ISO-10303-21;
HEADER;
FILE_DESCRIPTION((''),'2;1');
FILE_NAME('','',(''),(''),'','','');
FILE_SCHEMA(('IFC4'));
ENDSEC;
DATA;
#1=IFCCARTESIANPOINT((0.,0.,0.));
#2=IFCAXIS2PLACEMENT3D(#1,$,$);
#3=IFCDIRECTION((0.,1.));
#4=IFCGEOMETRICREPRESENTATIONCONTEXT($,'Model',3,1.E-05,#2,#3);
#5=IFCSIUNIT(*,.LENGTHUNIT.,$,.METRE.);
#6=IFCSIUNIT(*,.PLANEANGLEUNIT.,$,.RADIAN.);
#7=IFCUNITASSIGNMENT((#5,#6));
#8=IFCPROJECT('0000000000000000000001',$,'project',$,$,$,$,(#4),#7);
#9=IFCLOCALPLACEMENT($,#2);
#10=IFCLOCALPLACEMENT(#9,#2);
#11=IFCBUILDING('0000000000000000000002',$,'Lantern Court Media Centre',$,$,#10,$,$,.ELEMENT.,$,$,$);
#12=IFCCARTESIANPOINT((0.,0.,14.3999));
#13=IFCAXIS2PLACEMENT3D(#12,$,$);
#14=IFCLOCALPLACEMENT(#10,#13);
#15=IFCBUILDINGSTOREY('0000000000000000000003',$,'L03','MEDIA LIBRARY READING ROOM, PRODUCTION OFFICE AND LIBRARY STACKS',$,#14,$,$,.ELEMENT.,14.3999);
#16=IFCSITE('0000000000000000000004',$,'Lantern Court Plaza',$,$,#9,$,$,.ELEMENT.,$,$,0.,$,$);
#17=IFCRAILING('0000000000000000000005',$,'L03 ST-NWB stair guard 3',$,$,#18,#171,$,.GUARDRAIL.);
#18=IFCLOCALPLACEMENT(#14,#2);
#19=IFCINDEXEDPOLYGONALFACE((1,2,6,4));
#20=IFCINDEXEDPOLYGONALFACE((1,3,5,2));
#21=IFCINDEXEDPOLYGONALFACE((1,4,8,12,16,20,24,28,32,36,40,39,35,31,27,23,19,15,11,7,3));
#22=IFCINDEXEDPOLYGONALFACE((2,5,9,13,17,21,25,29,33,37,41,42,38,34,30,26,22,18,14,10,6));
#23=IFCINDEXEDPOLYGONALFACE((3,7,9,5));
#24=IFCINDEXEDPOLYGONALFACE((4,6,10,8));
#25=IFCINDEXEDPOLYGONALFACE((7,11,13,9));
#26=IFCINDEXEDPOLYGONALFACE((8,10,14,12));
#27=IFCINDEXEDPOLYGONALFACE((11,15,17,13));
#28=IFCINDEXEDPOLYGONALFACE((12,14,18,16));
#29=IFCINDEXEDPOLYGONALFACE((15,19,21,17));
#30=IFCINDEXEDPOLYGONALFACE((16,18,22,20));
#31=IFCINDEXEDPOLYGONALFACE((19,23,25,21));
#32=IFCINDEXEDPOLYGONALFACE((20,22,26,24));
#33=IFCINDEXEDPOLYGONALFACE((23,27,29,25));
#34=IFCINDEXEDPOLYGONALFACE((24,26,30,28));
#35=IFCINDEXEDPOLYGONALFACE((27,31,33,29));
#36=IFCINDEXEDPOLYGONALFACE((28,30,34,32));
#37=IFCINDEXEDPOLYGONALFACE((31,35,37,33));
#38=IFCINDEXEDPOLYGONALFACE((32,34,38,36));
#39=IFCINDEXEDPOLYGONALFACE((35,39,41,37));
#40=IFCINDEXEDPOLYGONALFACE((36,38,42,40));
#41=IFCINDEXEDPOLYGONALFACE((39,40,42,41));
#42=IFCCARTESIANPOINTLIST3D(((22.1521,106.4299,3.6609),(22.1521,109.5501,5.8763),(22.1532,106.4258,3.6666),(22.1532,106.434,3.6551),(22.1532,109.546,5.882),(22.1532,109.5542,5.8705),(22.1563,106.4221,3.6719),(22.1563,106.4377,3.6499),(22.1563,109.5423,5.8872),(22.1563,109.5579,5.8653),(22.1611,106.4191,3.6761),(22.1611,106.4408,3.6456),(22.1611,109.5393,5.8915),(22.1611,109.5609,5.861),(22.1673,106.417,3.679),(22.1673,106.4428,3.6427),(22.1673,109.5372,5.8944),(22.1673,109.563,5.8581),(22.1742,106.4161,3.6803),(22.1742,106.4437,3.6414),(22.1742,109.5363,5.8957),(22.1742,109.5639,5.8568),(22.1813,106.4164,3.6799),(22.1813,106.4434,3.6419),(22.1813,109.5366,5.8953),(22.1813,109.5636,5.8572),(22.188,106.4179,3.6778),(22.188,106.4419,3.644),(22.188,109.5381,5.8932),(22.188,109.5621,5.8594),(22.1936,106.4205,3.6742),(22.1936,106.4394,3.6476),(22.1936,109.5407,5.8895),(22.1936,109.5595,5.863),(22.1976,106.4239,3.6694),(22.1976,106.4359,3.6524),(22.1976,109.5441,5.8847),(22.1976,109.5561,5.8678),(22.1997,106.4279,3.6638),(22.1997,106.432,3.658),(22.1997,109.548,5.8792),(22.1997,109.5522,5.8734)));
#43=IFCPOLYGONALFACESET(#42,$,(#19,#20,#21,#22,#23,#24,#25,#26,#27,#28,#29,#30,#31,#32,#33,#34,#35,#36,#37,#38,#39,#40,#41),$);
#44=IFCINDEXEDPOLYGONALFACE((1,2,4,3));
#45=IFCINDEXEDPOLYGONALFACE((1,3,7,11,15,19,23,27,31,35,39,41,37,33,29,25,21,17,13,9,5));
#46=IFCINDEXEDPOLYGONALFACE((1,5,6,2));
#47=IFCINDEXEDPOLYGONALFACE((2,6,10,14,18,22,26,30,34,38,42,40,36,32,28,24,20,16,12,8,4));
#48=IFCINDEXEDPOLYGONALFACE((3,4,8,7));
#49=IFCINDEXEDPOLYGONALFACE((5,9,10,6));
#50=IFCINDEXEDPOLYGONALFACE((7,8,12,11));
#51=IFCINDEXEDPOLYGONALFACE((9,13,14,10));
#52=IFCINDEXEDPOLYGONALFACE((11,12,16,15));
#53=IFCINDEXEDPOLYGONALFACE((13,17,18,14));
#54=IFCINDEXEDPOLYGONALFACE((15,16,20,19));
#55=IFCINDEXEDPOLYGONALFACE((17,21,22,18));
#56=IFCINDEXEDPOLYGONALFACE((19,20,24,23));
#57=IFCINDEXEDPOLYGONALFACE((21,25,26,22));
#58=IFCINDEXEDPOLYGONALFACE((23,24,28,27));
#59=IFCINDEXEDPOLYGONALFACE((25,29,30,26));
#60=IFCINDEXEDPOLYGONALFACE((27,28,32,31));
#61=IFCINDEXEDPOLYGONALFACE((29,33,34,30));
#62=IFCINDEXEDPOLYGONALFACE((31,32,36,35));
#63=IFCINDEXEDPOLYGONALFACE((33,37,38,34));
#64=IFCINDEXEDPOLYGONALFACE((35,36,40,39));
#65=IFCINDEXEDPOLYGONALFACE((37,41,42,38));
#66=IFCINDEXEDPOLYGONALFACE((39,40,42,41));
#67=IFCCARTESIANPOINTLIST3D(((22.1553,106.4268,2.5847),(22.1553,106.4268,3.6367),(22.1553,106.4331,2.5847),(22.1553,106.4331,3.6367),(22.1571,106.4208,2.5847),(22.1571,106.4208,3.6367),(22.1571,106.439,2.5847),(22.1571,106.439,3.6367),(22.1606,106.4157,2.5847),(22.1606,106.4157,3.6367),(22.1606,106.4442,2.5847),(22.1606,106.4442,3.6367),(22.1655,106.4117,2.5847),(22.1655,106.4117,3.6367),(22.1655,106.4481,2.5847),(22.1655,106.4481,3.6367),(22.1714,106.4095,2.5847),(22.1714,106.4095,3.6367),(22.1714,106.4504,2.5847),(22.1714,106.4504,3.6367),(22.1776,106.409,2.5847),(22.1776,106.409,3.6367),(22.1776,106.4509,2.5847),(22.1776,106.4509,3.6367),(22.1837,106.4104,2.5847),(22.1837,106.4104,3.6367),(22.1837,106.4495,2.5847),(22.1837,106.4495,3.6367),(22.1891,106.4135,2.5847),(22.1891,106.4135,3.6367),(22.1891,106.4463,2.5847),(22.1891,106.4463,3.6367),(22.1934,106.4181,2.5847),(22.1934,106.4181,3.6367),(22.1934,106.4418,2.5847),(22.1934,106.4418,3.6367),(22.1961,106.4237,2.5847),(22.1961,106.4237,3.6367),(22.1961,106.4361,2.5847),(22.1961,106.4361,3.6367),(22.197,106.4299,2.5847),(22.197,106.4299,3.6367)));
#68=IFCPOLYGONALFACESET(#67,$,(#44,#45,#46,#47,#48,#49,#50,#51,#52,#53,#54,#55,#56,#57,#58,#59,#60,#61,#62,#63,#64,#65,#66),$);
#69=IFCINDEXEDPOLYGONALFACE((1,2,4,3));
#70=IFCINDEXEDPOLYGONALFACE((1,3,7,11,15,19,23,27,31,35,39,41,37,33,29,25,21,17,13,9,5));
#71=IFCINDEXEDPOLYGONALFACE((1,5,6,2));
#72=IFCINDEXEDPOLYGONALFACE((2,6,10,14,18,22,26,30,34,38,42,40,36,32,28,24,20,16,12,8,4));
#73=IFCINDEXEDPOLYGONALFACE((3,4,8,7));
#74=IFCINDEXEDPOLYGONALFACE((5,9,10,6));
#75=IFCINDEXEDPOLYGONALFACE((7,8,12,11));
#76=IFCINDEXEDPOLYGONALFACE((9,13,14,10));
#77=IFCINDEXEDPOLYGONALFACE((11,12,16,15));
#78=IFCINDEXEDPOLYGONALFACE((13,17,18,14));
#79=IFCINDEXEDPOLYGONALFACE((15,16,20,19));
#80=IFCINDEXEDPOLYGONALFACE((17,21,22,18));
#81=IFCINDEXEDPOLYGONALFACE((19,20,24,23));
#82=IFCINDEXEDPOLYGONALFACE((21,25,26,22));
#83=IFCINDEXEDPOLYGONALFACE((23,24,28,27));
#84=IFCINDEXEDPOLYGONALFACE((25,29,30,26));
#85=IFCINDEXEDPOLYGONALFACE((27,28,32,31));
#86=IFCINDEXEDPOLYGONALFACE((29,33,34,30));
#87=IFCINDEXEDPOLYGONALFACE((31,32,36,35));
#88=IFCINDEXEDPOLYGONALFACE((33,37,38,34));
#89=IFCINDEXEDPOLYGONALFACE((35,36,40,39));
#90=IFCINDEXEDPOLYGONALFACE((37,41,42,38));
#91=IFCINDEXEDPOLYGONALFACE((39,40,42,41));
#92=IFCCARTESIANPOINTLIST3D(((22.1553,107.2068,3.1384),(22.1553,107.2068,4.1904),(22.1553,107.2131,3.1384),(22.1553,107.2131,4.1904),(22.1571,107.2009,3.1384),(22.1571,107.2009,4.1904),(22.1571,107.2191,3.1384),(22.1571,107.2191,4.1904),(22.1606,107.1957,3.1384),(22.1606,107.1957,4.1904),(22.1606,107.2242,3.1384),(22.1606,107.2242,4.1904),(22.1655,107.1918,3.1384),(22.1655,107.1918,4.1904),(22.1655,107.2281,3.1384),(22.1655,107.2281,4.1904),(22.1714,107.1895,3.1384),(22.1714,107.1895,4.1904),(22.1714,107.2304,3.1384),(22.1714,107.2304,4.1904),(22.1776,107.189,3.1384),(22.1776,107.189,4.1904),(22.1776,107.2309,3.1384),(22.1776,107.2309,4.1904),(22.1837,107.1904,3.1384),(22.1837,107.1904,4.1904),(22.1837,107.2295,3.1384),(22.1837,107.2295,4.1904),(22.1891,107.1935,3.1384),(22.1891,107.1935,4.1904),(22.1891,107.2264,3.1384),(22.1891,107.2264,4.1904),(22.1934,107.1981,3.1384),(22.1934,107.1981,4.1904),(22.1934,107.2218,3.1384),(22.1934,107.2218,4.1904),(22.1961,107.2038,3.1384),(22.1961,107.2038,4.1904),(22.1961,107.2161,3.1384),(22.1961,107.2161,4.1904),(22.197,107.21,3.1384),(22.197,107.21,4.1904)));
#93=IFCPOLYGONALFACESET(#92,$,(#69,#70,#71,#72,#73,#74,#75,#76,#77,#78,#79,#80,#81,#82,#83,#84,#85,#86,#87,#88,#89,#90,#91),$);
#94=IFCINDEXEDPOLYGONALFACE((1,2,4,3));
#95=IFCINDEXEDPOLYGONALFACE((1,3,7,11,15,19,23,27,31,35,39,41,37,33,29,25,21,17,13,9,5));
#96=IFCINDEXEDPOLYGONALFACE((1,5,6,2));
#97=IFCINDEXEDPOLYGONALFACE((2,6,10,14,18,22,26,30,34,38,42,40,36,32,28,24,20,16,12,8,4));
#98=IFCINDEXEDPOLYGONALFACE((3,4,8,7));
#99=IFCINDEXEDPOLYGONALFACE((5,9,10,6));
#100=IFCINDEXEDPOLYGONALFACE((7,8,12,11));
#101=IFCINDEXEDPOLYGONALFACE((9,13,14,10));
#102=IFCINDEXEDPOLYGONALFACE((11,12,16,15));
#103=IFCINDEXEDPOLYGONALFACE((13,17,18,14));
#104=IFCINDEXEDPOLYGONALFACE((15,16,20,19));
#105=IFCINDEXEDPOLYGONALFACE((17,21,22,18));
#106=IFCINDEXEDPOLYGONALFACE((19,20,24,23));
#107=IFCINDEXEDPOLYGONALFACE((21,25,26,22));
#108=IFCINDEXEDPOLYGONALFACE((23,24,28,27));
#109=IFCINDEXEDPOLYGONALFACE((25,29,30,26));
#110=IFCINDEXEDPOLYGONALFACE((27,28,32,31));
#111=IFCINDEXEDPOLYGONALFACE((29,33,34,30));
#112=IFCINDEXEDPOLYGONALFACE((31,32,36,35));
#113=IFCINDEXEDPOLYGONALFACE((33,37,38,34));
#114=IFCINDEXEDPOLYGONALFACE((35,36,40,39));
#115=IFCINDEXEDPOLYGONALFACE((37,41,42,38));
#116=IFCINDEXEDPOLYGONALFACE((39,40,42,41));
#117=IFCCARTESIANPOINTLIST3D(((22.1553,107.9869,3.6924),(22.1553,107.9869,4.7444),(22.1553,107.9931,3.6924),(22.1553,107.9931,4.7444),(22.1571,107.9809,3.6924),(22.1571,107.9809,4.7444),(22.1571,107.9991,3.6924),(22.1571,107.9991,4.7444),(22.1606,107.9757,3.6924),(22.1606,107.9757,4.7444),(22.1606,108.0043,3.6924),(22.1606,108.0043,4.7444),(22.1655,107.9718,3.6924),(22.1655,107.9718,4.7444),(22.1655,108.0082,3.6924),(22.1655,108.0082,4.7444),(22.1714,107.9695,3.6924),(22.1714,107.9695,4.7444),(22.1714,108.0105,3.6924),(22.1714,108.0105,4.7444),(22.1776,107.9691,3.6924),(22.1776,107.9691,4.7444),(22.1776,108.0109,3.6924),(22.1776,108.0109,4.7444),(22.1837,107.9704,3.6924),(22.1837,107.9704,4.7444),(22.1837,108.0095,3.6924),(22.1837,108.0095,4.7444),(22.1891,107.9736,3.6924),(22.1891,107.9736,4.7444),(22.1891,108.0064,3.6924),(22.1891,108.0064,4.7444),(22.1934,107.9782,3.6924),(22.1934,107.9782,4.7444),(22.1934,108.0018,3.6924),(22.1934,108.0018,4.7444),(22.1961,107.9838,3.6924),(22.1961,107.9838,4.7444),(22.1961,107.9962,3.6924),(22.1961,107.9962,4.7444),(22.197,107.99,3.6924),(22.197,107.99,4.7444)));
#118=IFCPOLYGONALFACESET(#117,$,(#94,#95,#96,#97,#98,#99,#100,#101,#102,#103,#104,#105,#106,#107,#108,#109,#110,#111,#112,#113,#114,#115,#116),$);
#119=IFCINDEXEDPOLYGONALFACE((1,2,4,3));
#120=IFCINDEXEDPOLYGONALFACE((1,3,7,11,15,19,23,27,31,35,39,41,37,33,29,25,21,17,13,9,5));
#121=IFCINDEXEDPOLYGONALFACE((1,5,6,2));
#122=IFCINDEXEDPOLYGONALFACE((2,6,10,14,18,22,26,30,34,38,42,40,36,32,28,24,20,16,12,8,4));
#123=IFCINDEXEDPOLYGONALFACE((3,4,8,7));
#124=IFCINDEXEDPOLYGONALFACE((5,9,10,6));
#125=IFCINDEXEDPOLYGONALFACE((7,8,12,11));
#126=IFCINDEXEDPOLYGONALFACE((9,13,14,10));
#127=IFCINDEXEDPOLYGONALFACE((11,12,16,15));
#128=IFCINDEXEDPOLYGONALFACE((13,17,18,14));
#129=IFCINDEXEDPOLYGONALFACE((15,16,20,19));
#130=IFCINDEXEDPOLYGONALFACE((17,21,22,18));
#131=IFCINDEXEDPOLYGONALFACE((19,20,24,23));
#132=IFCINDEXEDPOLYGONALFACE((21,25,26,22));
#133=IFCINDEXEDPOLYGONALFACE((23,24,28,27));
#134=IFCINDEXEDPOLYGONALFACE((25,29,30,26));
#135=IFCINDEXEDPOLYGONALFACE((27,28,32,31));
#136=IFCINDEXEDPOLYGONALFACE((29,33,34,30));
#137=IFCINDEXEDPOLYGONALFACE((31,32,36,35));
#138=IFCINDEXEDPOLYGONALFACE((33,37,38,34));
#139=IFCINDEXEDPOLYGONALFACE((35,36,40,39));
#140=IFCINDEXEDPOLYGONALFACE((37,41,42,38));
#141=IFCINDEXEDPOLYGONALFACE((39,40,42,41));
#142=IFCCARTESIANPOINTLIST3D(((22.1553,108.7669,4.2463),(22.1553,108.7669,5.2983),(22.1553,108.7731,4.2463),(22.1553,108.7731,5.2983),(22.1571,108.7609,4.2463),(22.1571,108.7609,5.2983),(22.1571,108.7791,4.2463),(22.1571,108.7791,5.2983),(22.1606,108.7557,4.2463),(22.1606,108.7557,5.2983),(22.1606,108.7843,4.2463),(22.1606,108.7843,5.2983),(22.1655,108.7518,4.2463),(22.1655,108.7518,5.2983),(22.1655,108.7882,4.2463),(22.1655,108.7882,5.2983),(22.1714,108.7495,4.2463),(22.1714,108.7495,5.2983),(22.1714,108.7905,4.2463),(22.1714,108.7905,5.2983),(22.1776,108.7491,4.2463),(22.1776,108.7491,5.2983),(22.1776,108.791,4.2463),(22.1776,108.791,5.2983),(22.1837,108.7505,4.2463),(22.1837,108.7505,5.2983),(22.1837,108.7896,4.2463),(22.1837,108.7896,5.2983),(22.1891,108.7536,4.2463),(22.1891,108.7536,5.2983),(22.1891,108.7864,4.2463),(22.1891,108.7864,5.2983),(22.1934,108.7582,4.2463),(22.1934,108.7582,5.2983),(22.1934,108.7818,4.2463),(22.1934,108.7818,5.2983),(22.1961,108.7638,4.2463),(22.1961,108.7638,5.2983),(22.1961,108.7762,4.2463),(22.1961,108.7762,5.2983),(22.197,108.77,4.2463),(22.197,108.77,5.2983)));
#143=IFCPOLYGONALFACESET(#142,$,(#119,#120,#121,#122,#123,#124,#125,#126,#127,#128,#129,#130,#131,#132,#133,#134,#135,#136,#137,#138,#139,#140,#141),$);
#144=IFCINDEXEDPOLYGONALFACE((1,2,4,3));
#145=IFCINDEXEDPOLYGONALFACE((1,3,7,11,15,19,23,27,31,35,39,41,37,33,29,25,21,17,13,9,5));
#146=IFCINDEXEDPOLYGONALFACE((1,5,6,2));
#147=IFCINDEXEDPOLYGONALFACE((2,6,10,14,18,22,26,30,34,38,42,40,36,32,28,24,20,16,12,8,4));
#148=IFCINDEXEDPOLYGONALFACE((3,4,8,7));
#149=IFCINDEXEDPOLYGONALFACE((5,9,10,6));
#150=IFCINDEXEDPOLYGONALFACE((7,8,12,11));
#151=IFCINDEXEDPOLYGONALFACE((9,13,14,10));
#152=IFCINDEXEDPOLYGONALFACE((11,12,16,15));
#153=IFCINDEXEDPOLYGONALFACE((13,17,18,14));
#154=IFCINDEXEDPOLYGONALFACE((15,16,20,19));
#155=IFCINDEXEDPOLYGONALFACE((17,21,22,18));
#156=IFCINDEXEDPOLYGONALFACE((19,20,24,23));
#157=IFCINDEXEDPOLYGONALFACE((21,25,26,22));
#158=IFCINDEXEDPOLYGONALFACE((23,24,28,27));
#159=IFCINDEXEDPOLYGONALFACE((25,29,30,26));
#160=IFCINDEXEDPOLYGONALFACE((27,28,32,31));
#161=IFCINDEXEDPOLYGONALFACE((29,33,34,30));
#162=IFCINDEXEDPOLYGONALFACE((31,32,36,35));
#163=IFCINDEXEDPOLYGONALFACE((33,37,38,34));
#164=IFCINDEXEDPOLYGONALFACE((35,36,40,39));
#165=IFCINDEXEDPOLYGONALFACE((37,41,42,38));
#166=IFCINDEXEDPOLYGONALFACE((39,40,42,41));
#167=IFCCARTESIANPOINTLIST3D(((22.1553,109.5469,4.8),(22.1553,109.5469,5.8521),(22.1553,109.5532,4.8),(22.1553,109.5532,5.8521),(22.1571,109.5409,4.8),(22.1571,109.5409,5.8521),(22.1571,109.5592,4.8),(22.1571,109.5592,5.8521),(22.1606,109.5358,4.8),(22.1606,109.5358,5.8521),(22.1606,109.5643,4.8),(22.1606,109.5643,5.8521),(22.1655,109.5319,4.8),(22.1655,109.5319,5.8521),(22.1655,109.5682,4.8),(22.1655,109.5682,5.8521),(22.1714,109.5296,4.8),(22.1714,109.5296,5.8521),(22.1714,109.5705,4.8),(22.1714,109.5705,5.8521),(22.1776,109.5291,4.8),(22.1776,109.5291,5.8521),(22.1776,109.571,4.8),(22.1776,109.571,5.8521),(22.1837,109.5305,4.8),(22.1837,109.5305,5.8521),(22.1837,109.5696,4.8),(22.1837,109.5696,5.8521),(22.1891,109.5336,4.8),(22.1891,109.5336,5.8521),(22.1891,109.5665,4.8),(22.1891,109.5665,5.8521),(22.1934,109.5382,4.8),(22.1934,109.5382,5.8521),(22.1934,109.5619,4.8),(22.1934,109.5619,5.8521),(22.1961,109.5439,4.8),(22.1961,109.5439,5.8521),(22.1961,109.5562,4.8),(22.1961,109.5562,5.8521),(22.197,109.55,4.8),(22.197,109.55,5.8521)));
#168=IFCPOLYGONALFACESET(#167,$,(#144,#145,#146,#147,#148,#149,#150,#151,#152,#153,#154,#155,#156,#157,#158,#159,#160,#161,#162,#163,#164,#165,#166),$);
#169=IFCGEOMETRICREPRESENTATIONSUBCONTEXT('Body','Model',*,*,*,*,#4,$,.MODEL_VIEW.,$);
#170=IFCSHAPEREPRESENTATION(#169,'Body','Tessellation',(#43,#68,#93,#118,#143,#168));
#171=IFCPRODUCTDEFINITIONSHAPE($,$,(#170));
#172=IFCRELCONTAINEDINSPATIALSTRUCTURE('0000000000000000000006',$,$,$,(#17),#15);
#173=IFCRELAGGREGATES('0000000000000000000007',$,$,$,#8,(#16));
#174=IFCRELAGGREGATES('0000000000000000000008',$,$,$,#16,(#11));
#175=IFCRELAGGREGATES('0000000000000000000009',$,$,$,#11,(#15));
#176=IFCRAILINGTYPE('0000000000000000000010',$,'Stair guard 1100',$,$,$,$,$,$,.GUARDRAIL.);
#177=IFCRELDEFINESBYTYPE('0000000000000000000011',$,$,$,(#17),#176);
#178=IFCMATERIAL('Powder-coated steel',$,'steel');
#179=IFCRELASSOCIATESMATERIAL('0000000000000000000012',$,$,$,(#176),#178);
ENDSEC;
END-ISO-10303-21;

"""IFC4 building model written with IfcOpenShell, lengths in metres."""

from ifc_helpers import new_model, si_unit, direction, frame, origin, origin_2d, place, context, subcontext, project, spatial, circle, extrude, material, type_object, element, save


model = new_model("IFC4")

# Units and contexts
model_context = context("Model", 3, precision=1e-05, world=origin(), true_north=direction((0.0, 1.0)))
body_context = subcontext(model_context, "Body", "Model", "MODEL_VIEW")
ifc_project = project(units=[si_unit("LENGTHUNIT", "METRE"), si_unit("PLANEANGLEUNIT", "RADIAN")], contexts=[model_context])

# Site, building, storey
site_placement = place(None, origin())
site = spatial("IfcSite", under=ifc_project, at=site_placement, Name="Lantern Court Plaza", CompositionType="ELEMENT", RefElevation=0.0)
building_placement = place(site_placement, origin())
building = spatial("IfcBuilding", under=site, at=building_placement, Name="Lantern Court Media Centre", CompositionType="ELEMENT")
storey_placement = place(building_placement, frame((0.0, 0.0, 14.3999)))
storey = spatial("IfcBuildingStorey", under=building, at=storey_placement, Name="L03", Description="MEDIA LIBRARY READING ROOM, PRODUCTION OFFICE AND LIBRARY STACKS", CompositionType="ELEMENT", Elevation=14.3999)

# Shared definitions
ifc_material_1 = material(Name="Powder-coated steel", Category="steel")

# Railing
railing_type_1 = type_object("IfcRailingType", Name="Stair guard 1100", PredefinedType="GUARDRAIL", material=ifc_material_1)
railing_1_placement = place(storey_placement, frame((22.176, 106.4299, 2.5847)))
element("IfcRailing", 1, at=railing_1_placement, inside=storey, type_object=railing_type_1, Name="L03 ST-NWB stair guard 3", PredefinedType="GUARDRAIL", context=body_context, shape_type="SweptSolid", body=[
    extrude(circle(Radius=0.0239, at=origin_2d()), frame((0.0, 0.0, 1.0762), z_axis=(0.0, 0.815377, 0.57893), x_axis=(-1.0, 0.0, 0.0)), (0.0, 0.0, 1.0), 3.8267),
    extrude(circle(Radius=0.021, at=origin_2d()), origin(), (0.0, 0.0, 1.0), 1.052),
    extrude(circle(Radius=0.021, at=origin_2d()), frame((0.0, 0.78, 0.5537)), (0.0, 0.0, 1.0), 1.052),
    extrude(circle(Radius=0.021, at=origin_2d()), frame((0.0, 1.5601, 1.1077)), (0.0, 0.0, 1.0), 1.052),
    extrude(circle(Radius=0.021, at=origin_2d()), frame((0.0, 2.3401, 1.6616)), (0.0, 0.0, 1.0), 1.052),
    extrude(circle(Radius=0.021, at=origin_2d()), frame((0.0, 3.1201, 2.2153)), (0.0, 0.0, 1.0), 1.052),
])

save(model, "model.ifc")
